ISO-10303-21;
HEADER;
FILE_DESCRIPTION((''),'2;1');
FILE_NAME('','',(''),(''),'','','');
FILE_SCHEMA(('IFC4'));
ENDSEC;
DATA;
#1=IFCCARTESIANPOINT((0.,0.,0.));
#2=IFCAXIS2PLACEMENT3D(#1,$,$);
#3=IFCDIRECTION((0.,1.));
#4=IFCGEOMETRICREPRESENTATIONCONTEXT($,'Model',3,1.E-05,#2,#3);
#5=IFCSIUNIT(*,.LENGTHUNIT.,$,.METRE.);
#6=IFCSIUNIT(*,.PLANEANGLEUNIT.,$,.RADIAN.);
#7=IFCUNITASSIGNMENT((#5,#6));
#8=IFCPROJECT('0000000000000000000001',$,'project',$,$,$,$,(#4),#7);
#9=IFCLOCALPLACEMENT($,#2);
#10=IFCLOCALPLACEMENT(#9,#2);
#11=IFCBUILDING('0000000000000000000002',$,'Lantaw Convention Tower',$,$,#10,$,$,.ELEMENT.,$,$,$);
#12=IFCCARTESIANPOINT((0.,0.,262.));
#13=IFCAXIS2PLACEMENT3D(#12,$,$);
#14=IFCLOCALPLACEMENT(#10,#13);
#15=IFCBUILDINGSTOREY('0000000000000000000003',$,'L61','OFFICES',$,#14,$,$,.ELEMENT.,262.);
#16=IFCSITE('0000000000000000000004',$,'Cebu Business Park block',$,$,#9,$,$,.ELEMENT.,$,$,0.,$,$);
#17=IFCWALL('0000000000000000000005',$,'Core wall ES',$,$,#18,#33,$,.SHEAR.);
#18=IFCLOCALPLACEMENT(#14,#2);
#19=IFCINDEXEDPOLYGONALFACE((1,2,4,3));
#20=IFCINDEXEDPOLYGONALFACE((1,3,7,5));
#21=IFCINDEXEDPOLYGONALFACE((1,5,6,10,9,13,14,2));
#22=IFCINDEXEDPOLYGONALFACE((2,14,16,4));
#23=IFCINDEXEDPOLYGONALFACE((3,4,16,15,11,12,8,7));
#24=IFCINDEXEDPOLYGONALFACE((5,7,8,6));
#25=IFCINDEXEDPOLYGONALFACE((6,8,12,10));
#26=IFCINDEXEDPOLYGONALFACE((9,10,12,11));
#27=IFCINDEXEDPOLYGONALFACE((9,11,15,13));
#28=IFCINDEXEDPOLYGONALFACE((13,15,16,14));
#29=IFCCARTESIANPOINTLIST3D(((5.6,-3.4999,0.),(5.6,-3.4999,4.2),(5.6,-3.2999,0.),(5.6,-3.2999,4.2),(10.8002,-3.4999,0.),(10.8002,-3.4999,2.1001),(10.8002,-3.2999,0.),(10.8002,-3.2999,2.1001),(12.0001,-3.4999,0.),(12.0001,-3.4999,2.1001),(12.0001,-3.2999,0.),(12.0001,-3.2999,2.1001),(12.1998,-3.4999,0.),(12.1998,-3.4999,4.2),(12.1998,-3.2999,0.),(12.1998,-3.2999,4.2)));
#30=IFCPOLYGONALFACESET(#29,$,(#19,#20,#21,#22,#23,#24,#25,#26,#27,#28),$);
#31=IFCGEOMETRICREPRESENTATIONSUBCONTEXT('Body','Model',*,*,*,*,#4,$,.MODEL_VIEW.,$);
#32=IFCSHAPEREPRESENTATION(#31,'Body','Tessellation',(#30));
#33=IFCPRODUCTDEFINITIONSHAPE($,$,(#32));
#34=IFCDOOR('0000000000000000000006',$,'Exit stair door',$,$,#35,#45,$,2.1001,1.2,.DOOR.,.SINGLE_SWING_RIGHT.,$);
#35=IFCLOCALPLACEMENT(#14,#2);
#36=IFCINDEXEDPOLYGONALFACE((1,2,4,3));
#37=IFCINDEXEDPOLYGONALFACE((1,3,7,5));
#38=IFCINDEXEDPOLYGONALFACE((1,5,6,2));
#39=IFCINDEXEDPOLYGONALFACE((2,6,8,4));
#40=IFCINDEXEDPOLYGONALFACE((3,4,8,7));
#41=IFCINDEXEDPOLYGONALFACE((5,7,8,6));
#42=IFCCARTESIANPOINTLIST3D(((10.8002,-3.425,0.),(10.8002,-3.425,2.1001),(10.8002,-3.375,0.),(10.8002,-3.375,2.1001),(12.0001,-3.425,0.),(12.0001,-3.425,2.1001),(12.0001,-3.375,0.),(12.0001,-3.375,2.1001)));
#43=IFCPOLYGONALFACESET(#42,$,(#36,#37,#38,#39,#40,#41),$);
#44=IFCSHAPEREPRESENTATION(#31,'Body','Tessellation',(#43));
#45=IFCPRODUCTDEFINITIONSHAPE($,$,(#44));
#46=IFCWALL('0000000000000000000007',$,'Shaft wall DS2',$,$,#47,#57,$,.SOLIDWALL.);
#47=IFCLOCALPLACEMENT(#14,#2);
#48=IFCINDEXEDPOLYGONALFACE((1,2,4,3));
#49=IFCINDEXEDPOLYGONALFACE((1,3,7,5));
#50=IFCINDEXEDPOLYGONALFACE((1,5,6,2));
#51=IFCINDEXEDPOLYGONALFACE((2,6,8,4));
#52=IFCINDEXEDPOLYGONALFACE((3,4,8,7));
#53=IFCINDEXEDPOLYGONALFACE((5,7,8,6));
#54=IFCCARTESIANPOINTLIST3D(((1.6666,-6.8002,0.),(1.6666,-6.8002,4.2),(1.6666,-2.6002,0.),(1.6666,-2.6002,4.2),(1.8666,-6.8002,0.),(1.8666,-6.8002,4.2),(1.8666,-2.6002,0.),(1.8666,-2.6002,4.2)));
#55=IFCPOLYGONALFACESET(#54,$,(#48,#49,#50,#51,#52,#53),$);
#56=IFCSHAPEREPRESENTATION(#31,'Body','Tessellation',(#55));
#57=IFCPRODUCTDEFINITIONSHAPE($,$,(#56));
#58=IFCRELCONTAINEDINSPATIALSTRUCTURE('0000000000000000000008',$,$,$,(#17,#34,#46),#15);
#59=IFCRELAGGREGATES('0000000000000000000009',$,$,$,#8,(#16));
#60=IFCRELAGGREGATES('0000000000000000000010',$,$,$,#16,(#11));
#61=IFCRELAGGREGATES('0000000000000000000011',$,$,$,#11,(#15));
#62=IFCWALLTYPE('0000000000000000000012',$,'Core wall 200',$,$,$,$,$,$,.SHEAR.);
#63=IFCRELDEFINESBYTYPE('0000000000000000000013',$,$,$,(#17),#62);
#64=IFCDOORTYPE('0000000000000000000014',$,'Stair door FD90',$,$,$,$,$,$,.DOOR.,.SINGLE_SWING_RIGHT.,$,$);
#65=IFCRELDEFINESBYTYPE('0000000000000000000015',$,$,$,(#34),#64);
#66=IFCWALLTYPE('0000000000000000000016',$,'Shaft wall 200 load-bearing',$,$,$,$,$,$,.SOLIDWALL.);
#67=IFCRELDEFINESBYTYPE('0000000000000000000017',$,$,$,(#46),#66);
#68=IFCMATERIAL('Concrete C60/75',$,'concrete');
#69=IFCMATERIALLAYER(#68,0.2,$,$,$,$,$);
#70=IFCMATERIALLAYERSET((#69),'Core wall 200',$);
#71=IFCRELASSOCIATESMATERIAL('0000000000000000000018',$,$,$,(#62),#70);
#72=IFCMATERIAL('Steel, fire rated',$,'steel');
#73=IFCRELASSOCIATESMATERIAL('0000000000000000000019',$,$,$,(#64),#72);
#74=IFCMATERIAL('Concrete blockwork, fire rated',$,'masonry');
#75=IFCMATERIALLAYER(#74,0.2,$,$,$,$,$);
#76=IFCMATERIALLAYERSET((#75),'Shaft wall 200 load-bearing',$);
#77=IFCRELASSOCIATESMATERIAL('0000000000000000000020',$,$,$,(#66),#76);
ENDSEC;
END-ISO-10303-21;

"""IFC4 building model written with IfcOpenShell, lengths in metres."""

from ifc_helpers import new_model, si_unit, direction, frame, frame_2d, origin, place, context, subcontext, project, spatial, rectangle, extrude, material, layer, layer_set, type_object, element, fill, save


model = new_model("IFC4")

# Units and contexts
model_context = context("Model", 3, precision=1e-05, world=origin(), true_north=direction((0.0, 1.0)))
body_context = subcontext(model_context, "Body", "Model", "MODEL_VIEW")
ifc_project = project(units=[si_unit("LENGTHUNIT", "METRE"), si_unit("PLANEANGLEUNIT", "RADIAN")], contexts=[model_context])

# Site, building, storey
site_placement = place(None, origin())
site = spatial("IfcSite", under=ifc_project, at=site_placement, Name="Cebu Business Park block", CompositionType="ELEMENT", RefElevation=0.0)
building_placement = place(site_placement, origin())
building = spatial("IfcBuilding", under=site, at=building_placement, Name="Lantaw Convention Tower", CompositionType="ELEMENT")
storey_placement = place(building_placement, frame((0.0, 0.0, 262.0)))
storey = spatial("IfcBuildingStorey", under=building, at=storey_placement, Name="L61", Description="OFFICES", CompositionType="ELEMENT", Elevation=262.0)

# Wall, opening, door
ifc_material_1 = material(Name="Concrete C60/75", Category="concrete")
ifc_layer_1 = layer(ifc_material_1, 0.2)
ifc_layer_set_1 = layer_set([ifc_layer_1], Name="Core wall 200")
wall_type_1 = type_object("IfcWallType", Name="Core wall 200", PredefinedType="SHEAR", material=ifc_layer_set_1)
wall_1_placement = place(storey_placement, frame((5.6001, -3.3999, 0.0), z_axis=(0.0, 0.0, 1.0), x_axis=(1.0, 0.0, 0.0)))
wall_1 = element("IfcWall", 1, at=wall_1_placement, inside=storey, type_object=wall_type_1, Name="Core wall ES", PredefinedType="SHEAR", context=body_context, shape_type="SweptSolid", body=[
    extrude(rectangle(XDim=6.5999, YDim=0.2, at=frame_2d((3.2998, 0.0))), origin(), (0.0, 0.0, 1.0), 4.2),
])
opening_placement = place(wall_1_placement, frame((5.2, 0.0, 0.0)))
opening = element("IfcOpeningElement", 2, at=opening_placement, cuts=wall_1, PredefinedType="OPENING", context=body_context, shape_type="SweptSolid", body=[
    extrude(rectangle(XDim=1.2, YDim=2.1001, at=frame_2d((0.6001, 1.05))), frame((0.0, 0.1099, 0.0), z_axis=(0.0, -1.0, 0.0), x_axis=(1.0, 0.0, 0.0)), (0.0, 0.0, 1.0), 0.22),
])
ifc_material_2 = material(Name="Steel, fire rated", Category="steel")
door_type = type_object("IfcDoorType", Name="Stair door FD90", OperationType="SINGLE_SWING_RIGHT", PredefinedType="DOOR", material=ifc_material_2)
door_placement = place(opening_placement, origin())
door = element("IfcDoor", 3, at=door_placement, inside=storey, type_object=door_type, Name="Exit stair door", OperationType="SINGLE_SWING_RIGHT", OverallHeight=2.1001, OverallWidth=1.2, PredefinedType="DOOR", context=body_context, shape_type="SweptSolid", body=[
    extrude(rectangle(XDim=1.2, YDim=2.1001, at=frame_2d((0.6001, 1.05))), frame((0.0, 0.0249, 0.0), z_axis=(0.0, -1.0, 0.0), x_axis=(1.0, 0.0, 0.0)), (0.0, 0.0, 1.0), 0.05),
])
fill(opening, door)

# Wall
ifc_material_3 = material(Name="Concrete blockwork, fire rated", Category="masonry")
ifc_layer_2 = layer(ifc_material_3, 0.2)
ifc_layer_set_2 = layer_set([ifc_layer_2], Name="Shaft wall 200 load-bearing")
wall_type_2 = type_object("IfcWallType", Name="Shaft wall 200 load-bearing", PredefinedType="SOLIDWALL", material=ifc_layer_set_2)
wall_2_placement = place(storey_placement, frame((1.7666, -2.6001, 0.0), z_axis=(0.0, 0.0, 1.0), x_axis=(0.0, -1.0, 0.0)))
element("IfcWall", 4, at=wall_2_placement, inside=storey, type_object=wall_type_2, Name="Shaft wall DS2", PredefinedType="SOLIDWALL", context=body_context, shape_type="SweptSolid", body=[
    extrude(rectangle(XDim=4.2, YDim=0.2, at=frame_2d((2.1001, 0.0))), origin(), (0.0, 0.0, 1.0), 4.2),
])

save(model, "model.ifc")
